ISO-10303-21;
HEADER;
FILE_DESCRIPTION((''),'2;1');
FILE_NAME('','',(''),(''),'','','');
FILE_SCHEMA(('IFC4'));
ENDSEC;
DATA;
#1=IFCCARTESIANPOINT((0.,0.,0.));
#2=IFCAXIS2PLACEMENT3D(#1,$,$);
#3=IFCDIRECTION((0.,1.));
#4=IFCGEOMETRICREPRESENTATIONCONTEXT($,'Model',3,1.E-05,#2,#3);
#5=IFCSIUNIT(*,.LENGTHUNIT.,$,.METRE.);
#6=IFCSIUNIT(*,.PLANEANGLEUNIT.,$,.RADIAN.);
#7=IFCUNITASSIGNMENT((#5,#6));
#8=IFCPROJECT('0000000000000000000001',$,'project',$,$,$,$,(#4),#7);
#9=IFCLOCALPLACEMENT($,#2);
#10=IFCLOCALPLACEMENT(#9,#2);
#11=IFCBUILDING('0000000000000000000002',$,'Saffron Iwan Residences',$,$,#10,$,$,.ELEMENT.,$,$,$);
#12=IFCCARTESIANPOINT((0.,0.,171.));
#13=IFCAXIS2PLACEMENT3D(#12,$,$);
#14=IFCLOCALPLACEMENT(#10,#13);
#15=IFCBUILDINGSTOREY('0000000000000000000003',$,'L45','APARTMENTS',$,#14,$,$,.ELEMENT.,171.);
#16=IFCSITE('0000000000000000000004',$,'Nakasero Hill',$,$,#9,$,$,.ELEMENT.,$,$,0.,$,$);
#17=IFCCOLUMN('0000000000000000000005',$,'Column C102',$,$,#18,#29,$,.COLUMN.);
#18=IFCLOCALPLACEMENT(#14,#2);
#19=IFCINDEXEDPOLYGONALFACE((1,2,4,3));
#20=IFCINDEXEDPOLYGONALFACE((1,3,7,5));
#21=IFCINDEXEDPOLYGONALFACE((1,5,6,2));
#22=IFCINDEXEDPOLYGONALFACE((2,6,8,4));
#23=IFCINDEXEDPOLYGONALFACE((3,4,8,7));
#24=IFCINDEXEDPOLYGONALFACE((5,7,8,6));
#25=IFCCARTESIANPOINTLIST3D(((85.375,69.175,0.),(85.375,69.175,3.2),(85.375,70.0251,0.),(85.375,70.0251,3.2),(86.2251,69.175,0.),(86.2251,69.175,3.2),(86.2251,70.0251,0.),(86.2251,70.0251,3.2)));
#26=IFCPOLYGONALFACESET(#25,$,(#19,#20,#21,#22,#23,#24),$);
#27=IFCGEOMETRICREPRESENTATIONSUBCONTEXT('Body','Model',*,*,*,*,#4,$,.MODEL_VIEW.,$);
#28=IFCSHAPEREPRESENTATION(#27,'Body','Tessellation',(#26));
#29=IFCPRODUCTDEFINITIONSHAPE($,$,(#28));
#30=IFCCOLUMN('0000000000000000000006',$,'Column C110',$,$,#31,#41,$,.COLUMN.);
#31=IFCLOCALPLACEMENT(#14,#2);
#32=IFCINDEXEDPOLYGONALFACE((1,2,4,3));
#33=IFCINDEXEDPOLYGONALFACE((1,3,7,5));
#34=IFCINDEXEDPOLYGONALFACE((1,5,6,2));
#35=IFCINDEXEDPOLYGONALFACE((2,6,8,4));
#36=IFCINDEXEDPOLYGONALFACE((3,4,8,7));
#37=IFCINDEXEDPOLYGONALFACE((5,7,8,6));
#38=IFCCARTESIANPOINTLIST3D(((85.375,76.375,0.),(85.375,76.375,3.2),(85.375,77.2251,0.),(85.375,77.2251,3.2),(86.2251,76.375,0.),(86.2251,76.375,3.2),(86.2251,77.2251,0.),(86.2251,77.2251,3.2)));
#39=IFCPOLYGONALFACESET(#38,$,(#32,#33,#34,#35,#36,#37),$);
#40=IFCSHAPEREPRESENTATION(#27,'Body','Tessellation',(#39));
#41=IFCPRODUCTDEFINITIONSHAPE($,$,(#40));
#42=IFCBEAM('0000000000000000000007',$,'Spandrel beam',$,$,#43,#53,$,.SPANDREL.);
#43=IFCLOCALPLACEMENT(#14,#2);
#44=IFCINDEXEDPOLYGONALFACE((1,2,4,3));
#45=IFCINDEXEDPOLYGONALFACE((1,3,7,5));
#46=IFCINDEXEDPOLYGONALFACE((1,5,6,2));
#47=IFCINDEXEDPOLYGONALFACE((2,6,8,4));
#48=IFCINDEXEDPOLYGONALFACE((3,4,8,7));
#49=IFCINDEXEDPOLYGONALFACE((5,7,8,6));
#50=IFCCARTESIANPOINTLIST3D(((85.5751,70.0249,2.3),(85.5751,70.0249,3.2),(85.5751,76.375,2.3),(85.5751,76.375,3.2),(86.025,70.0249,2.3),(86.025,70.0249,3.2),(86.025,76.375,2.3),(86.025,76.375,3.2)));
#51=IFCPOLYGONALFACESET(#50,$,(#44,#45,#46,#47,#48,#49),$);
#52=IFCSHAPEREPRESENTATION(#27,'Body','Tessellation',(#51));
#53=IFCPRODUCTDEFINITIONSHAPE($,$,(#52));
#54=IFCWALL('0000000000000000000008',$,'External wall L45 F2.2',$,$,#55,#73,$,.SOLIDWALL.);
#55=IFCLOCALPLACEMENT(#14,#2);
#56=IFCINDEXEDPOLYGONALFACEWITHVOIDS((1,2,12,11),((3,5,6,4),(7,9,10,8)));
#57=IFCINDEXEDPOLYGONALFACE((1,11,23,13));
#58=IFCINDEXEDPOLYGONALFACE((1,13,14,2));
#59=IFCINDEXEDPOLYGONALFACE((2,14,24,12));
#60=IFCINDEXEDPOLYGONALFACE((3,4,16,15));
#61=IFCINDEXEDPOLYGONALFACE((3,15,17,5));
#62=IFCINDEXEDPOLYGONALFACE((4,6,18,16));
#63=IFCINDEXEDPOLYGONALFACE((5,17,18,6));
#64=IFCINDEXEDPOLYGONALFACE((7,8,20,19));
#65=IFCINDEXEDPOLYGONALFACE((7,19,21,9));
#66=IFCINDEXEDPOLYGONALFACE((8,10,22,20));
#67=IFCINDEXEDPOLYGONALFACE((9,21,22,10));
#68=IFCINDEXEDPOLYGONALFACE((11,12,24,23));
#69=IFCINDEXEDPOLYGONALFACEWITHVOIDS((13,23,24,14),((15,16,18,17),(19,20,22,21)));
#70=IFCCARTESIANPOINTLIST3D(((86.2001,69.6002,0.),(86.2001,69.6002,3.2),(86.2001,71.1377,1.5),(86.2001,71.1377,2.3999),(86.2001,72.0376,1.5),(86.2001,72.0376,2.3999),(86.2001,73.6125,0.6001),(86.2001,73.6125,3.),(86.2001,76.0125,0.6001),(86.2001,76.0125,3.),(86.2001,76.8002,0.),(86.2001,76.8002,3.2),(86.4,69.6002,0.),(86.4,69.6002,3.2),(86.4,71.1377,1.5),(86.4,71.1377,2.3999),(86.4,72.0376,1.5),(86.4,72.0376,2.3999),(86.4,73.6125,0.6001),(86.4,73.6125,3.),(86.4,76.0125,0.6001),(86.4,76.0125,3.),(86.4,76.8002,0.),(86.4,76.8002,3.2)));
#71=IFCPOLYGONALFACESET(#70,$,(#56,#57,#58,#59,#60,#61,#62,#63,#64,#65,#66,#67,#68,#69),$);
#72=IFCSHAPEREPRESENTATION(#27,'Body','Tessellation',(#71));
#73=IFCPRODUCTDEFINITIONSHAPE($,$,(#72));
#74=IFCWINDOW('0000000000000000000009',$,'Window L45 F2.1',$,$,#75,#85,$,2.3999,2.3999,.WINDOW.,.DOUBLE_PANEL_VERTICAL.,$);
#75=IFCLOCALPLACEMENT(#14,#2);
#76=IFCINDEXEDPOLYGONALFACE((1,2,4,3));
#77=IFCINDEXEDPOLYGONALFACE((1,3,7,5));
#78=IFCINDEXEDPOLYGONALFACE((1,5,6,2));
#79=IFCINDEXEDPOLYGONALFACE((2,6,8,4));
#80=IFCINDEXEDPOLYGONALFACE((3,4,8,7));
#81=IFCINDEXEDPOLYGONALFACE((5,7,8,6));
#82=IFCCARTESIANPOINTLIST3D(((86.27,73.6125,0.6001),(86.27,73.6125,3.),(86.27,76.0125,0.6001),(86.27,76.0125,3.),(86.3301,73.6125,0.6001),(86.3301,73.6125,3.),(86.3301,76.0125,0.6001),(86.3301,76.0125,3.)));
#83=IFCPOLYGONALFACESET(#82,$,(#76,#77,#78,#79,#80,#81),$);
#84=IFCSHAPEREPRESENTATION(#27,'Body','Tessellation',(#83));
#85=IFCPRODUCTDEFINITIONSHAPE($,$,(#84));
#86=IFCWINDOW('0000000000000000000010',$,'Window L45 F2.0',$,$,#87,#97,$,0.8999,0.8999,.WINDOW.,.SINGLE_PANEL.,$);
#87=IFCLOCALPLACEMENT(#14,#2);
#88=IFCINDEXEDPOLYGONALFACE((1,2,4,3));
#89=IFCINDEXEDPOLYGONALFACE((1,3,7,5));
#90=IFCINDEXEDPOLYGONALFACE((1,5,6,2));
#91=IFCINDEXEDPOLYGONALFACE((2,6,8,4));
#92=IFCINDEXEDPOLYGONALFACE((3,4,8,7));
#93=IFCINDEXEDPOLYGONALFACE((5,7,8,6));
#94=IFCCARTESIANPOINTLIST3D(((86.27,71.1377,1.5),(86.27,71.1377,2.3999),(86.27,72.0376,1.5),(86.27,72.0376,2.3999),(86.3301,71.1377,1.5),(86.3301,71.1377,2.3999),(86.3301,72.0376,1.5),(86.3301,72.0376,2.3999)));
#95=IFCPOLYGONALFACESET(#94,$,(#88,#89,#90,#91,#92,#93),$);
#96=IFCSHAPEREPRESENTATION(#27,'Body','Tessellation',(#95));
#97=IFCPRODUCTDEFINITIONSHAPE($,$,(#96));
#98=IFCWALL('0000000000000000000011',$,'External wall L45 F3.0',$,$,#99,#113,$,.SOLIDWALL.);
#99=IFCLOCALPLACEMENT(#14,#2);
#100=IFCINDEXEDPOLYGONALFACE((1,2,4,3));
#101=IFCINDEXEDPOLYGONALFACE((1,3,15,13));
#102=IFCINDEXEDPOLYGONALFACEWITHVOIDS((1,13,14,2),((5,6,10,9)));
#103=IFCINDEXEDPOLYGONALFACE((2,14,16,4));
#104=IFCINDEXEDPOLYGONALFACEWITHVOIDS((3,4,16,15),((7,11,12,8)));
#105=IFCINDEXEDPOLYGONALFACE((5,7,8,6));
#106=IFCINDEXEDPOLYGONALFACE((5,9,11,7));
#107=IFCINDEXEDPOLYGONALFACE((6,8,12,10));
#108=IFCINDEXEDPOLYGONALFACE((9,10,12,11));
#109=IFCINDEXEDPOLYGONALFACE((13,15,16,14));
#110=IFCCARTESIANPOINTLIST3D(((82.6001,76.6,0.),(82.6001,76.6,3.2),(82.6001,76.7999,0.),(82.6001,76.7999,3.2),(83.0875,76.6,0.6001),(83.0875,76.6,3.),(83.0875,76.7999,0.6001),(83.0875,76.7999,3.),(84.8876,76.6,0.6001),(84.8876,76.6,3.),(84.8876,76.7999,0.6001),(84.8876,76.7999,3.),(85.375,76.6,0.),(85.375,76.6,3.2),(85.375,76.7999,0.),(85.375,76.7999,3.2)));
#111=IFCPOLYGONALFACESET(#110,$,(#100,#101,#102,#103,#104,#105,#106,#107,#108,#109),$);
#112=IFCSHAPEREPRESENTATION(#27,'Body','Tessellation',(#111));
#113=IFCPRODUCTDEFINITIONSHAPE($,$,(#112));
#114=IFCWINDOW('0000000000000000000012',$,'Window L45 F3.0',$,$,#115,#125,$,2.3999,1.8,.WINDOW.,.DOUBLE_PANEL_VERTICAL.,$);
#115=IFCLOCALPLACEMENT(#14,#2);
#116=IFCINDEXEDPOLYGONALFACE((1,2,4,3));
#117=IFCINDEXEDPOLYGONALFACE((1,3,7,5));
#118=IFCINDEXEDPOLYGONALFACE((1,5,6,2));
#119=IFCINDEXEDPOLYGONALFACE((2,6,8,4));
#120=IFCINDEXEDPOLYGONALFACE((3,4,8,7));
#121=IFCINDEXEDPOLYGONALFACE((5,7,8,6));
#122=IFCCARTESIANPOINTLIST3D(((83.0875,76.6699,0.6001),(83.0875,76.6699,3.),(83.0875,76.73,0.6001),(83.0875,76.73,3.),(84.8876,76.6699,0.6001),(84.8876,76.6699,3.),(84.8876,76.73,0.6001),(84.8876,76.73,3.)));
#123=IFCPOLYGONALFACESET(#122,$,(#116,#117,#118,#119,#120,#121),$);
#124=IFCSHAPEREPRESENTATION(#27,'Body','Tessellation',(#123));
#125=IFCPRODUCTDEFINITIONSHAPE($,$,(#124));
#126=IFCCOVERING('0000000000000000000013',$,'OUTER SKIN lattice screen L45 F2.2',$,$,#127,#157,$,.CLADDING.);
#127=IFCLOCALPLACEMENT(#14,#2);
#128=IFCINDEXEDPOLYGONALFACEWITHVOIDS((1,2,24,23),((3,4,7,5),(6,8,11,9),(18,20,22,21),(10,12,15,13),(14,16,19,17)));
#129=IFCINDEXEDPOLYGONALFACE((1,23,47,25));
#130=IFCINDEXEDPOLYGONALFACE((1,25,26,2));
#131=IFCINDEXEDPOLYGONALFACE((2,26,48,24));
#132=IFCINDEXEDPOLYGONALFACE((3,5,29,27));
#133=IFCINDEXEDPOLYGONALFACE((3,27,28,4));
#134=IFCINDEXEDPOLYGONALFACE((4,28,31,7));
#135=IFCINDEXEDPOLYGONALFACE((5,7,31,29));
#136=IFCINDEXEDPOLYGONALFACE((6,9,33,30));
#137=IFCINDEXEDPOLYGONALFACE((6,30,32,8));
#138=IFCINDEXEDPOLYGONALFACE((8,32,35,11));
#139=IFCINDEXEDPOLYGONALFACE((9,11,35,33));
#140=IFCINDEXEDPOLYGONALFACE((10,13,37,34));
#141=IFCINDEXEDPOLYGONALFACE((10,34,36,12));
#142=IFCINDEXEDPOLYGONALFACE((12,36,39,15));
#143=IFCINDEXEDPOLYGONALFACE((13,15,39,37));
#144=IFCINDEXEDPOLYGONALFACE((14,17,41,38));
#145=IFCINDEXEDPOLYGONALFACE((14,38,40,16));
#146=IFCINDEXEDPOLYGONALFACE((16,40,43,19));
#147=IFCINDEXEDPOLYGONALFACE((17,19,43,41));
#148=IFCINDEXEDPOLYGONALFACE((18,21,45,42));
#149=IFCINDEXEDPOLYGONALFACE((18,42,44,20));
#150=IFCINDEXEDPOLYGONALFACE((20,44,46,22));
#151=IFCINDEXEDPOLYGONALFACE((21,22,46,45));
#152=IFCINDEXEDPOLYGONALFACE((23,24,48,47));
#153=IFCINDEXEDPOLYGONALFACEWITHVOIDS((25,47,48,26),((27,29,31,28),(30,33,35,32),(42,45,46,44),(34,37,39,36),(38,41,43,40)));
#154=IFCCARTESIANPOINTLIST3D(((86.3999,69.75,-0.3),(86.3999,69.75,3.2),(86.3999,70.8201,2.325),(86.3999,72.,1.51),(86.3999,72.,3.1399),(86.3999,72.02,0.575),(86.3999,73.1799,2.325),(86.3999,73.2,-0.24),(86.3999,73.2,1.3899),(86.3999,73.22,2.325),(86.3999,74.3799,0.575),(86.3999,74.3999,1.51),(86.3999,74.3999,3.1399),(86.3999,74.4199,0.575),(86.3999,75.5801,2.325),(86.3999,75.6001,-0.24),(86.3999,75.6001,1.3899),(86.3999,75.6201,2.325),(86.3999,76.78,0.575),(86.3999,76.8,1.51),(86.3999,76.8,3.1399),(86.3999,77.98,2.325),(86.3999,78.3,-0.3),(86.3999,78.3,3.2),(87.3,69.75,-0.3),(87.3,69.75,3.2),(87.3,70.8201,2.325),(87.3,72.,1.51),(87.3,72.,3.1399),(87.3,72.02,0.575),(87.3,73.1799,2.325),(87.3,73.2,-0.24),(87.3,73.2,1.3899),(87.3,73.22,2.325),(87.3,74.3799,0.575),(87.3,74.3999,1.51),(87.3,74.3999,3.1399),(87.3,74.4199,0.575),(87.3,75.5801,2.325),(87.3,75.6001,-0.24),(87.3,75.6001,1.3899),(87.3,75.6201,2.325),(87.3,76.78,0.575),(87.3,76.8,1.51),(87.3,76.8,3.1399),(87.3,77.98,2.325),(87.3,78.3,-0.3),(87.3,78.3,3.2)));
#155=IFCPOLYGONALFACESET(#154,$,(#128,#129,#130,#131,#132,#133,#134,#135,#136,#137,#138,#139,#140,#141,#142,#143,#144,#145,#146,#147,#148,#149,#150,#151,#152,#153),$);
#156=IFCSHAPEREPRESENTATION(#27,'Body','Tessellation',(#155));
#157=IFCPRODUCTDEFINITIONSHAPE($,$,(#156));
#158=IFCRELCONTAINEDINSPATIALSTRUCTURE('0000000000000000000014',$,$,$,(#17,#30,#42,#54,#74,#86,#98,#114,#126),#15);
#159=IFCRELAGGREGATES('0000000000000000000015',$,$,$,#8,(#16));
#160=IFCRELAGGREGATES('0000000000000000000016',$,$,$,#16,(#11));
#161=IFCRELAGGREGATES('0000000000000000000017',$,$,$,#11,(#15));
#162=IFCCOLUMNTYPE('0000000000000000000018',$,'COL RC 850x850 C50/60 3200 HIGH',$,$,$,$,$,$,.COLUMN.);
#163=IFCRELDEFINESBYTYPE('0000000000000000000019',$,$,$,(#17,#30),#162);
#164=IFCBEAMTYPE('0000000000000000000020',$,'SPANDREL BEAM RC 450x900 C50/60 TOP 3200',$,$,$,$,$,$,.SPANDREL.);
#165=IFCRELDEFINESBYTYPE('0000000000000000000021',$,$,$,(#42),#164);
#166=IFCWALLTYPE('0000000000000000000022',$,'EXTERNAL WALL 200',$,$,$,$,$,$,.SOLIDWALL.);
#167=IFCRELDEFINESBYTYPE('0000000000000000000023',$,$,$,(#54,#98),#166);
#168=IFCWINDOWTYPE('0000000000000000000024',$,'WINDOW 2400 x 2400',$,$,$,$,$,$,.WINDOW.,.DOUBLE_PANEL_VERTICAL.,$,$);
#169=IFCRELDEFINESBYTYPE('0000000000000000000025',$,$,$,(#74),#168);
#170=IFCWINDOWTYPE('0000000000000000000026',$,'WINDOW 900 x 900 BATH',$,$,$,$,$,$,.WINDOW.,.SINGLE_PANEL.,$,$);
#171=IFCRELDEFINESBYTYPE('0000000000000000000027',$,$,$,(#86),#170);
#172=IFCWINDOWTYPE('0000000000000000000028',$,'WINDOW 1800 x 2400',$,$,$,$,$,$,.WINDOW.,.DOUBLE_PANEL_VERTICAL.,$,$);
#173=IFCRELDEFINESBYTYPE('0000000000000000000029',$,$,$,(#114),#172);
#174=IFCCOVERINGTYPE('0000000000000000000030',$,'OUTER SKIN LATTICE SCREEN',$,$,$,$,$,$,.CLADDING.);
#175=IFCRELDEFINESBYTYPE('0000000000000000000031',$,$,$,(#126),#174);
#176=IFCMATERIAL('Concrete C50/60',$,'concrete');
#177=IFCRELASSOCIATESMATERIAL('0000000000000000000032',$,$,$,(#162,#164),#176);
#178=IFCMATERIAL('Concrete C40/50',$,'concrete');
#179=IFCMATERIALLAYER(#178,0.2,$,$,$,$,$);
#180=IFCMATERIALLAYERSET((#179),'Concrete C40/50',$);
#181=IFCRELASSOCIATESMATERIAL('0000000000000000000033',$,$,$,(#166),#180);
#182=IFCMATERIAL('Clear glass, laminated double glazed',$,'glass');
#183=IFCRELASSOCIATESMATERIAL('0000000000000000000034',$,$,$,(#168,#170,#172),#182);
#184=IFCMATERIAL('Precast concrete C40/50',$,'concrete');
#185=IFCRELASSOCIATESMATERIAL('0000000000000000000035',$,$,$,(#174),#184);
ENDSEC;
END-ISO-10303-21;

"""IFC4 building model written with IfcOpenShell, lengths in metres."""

from ifc_helpers import new_model, si_unit, direction, frame, frame_2d, origin, origin_2d, place, context, subcontext, project, spatial, polyline, rectangle, outline, extrude, source, transform, mapped, material, layer, layer_set, material_profile, profile_set, type_object, element, fill, save


model = new_model("IFC4")

# Units and contexts
model_context = context("Model", 3, precision=1e-05, world=origin(), true_north=direction((0.0, 1.0)))
body_context = subcontext(model_context, "Body", "Model", "MODEL_VIEW")
ifc_project = project(units=[si_unit("LENGTHUNIT", "METRE"), si_unit("PLANEANGLEUNIT", "RADIAN")], contexts=[model_context])

# Site, building, storey
site_placement = place(None, origin())
site = spatial("IfcSite", under=ifc_project, at=site_placement, Name="Nakasero Hill", CompositionType="ELEMENT", RefElevation=0.0)
building_placement = place(site_placement, origin())
building = spatial("IfcBuilding", under=site, at=building_placement, Name="Saffron Iwan Residences", CompositionType="ELEMENT")
storey_placement = place(building_placement, frame((0.0, 0.0, 171.0)))
storey = spatial("IfcBuildingStorey", under=building, at=storey_placement, Name="L45", Description="APARTMENTS", CompositionType="ELEMENT", Elevation=171.0)

# Columns
ifc_material_1 = material(Name="Concrete C50/60", Category="concrete")
ifc_material_profile_1 = material_profile(ifc_material_1, rectangle(XDim=0.8501, YDim=0.8501, at=origin_2d()), Name="RC 850x850")
ifc_profile_set_1 = profile_set([ifc_material_profile_1], Name="Concrete C50/60")
column_type = type_object("IfcColumnType", Name="COL RC 850x850 C50/60 3200 HIGH", PredefinedType="COLUMN", material=ifc_profile_set_1)
shared_shape_1 = source(origin(), body_context, "Body", "SweptSolid", [
    extrude(rectangle(XDim=0.8501, YDim=0.8501, at=origin_2d()), origin(), (0.0, 0.0, 1.0), 3.2),
])
for number, where, z_axis, x_axis, name in (
    (1, (85.8, 69.6001, 0.0), (0.0, 0.0, 1.0), (1.0, 0.0, 0.0), "Column C102"),
    (2, (85.8, 76.8, 0.0), (0.0, 0.0, 1.0), (1.0, 0.0, 0.0), "Column C110"),
):
    element("IfcColumn", number, at=place(storey_placement, frame(where, z_axis=z_axis, x_axis=x_axis)), inside=storey, type_object=column_type, Name=name, PredefinedType="COLUMN", context=body_context, shape_type="MappedRepresentation", body=[
        mapped(shared_shape_1, transform((0.0, 0.0, 0.0))),
    ])

# Beam
ifc_material_profile_2 = material_profile(ifc_material_1, rectangle(XDim=0.45, YDim=0.8999, at=origin_2d()), Name="RC 450x900")
ifc_profile_set_2 = profile_set([ifc_material_profile_2], Name="Concrete C50/60")
beam_type = type_object("IfcBeamType", Name="SPANDREL BEAM RC 450x900 C50/60 TOP 3200", PredefinedType="SPANDREL", material=ifc_profile_set_2)
shared_shape_2 = source(origin(), body_context, "Body", "SweptSolid", [
    extrude(rectangle(XDim=0.45, YDim=0.8999, at=origin_2d()), origin(), (0.0, 0.0, 1.0), 6.3501),
])
beam_placement = place(storey_placement, frame((85.8, 76.375, 2.75), z_axis=(0.0, -1.0, 0.0), x_axis=(1.0, 0.0, 0.0)))
element("IfcBeam", 3, at=beam_placement, inside=storey, type_object=beam_type, Name="Spandrel beam", PredefinedType="SPANDREL", context=body_context, shape_type="MappedRepresentation", body=[
    mapped(shared_shape_2, transform((0.0, 0.0, 0.0))),
])

# Wall, openings, windows
ifc_material_2 = material(Name="Concrete C40/50", Category="concrete")
ifc_layer = layer(ifc_material_2, 0.2)
ifc_layer_set = layer_set([ifc_layer], Name="Concrete C40/50")
wall_type = type_object("IfcWallType", Name="EXTERNAL WALL 200", PredefinedType="SOLIDWALL", material=ifc_layer_set)
wall_1_placement = place(storey_placement, frame((86.3, 69.6001, 0.0), z_axis=(0.0, 0.0, 1.0), x_axis=(0.0, 1.0, 0.0)))
wall_1 = element("IfcWall", 4, at=wall_1_placement, inside=storey, type_object=wall_type, Name="External wall L45 F2.2", PredefinedType="SOLIDWALL", context=body_context, shape_type="SweptSolid", body=[
    extrude(rectangle(XDim=7.2, YDim=0.2, at=frame_2d((3.6001, 0.0))), origin(), (0.0, 0.0, 1.0), 3.2),
])
opening_1_placement = place(wall_1_placement, frame((1.5376, 0.0, 1.5)))
opening_1 = element("IfcOpeningElement", 5, at=opening_1_placement, cuts=wall_1, PredefinedType="OPENING", context=body_context, shape_type="SweptSolid", body=[
    extrude(rectangle(XDim=0.8999, YDim=0.8999, at=frame_2d((0.45, 0.45))), frame((0.0, 0.1099, 0.0), z_axis=(0.0, -1.0, 0.0), x_axis=(1.0, 0.0, 0.0)), (0.0, 0.0, 1.0), 0.22),
])
opening_2_placement = place(wall_1_placement, frame((4.0125, 0.0, 0.6001)))
opening_2 = element("IfcOpeningElement", 6, at=opening_2_placement, cuts=wall_1, PredefinedType="OPENING", context=body_context, shape_type="SweptSolid", body=[
    extrude(rectangle(XDim=2.3999, YDim=2.3999, at=frame_2d((1.2, 1.2))), frame((0.0, 0.1099, 0.0), z_axis=(0.0, -1.0, 0.0), x_axis=(1.0, 0.0, 0.0)), (0.0, 0.0, 1.0), 0.22),
])
ifc_material_3 = material(Name="Clear glass, laminated double glazed", Category="glass")
window_type_1 = type_object("IfcWindowType", Name="WINDOW 2400 x 2400", PartitioningType="DOUBLE_PANEL_VERTICAL", PredefinedType="WINDOW", material=ifc_material_3)
window_1_placement = place(opening_2_placement, origin())
window_1 = element("IfcWindow", 7, at=window_1_placement, inside=storey, type_object=window_type_1, Name="Window L45 F2.1", OverallHeight=2.3999, OverallWidth=2.3999, PartitioningType="DOUBLE_PANEL_VERTICAL", PredefinedType="WINDOW", context=body_context, shape_type="SweptSolid", body=[
    extrude(rectangle(XDim=2.3999, YDim=2.3999, at=frame_2d((1.2, 1.2))), frame((0.0, 0.03, 0.0), z_axis=(0.0, -1.0, 0.0), x_axis=(1.0, 0.0, 0.0)), (0.0, 0.0, 1.0), 0.0601),
])
fill(opening_2, window_1)
window_type_2 = type_object("IfcWindowType", Name="WINDOW 900 x 900 BATH", PartitioningType="SINGLE_PANEL", PredefinedType="WINDOW", material=ifc_material_3)
window_2_placement = place(opening_1_placement, origin())
window_2 = element("IfcWindow", 8, at=window_2_placement, inside=storey, type_object=window_type_2, Name="Window L45 F2.0", OverallHeight=0.8999, OverallWidth=0.8999, PartitioningType="SINGLE_PANEL", PredefinedType="WINDOW", context=body_context, shape_type="SweptSolid", body=[
    extrude(rectangle(XDim=0.8999, YDim=0.8999, at=frame_2d((0.45, 0.45))), frame((0.0, 0.03, 0.0), z_axis=(0.0, -1.0, 0.0), x_axis=(1.0, 0.0, 0.0)), (0.0, 0.0, 1.0), 0.0601),
])
fill(opening_1, window_2)

# Wall, opening, window
wall_2_placement = place(storey_placement, frame((85.375, 76.7, 0.0), z_axis=(0.0, 0.0, 1.0), x_axis=(-1.0, 0.0, 0.0)))
wall_2 = element("IfcWall", 9, at=wall_2_placement, inside=storey, type_object=wall_type, Name="External wall L45 F3.0", PredefinedType="SOLIDWALL", context=body_context, shape_type="SweptSolid", body=[
    extrude(rectangle(XDim=2.7749, YDim=0.2, at=frame_2d((1.3875, 0.0))), origin(), (0.0, 0.0, 1.0), 3.2),
])
opening_3_placement = place(wall_2_placement, frame((0.4875, 0.0, 0.6001)))
opening_3 = element("IfcOpeningElement", 10, at=opening_3_placement, cuts=wall_2, PredefinedType="OPENING", context=body_context, shape_type="SweptSolid", body=[
    extrude(rectangle(XDim=1.8, YDim=2.3999, at=frame_2d((0.8999, 1.2))), frame((0.0, 0.1099, 0.0), z_axis=(0.0, -1.0, 0.0), x_axis=(1.0, 0.0, 0.0)), (0.0, 0.0, 1.0), 0.22),
])
window_type_3 = type_object("IfcWindowType", Name="WINDOW 1800 x 2400", PartitioningType="DOUBLE_PANEL_VERTICAL", PredefinedType="WINDOW", material=ifc_material_3)
window_3_placement = place(opening_3_placement, origin())
window_3 = element("IfcWindow", 11, at=window_3_placement, inside=storey, type_object=window_type_3, Name="Window L45 F3.0", OverallHeight=2.3999, OverallWidth=1.8, PartitioningType="DOUBLE_PANEL_VERTICAL", PredefinedType="WINDOW", context=body_context, shape_type="SweptSolid", body=[
    extrude(rectangle(XDim=1.8, YDim=2.3999, at=frame_2d((0.8999, 1.2))), frame((0.0, 0.03, 0.0), z_axis=(0.0, -1.0, 0.0), x_axis=(1.0, 0.0, 0.0)), (0.0, 0.0, 1.0), 0.0601),
])
fill(opening_3, window_3)

# Covering
ifc_material_4 = material(Name="Precast concrete C40/50", Category="concrete")
covering_type_1 = type_object("IfcCoveringType", Name="OUTER SKIN LATTICE SCREEN", PredefinedType="CLADDING", material=ifc_material_4)
covering_1_placement = place(storey_placement, frame((86.3999, 69.75, -0.3), z_axis=(1.0, 0.0, 0.0), x_axis=(0.0, 1.0, 0.0)))
element("IfcCovering", 12, at=covering_1_placement, inside=storey, type_object=covering_type_1, Name="OUTER SKIN lattice screen L45 F2.2", PredefinedType="CLADDING", context=body_context, shape_type="SweptSolid", body=[
    extrude(outline(polyline([(0.0, 0.0), (8.55, 0.0), (8.55, 3.5), (0.0, 3.5), (0.0, 0.0)]), holes=[polyline([(2.27, 0.875), (3.45, 0.0601), (4.6299, 0.875), (3.45, 1.6899), (2.27, 0.875)]), polyline([(4.6699, 0.875), (5.8501, 0.0601), (7.03, 0.875), (5.8501, 1.6899), (4.6699, 0.875)]), polyline([(1.0701, 2.625), (2.25, 1.8101), (3.4299, 2.625), (2.25, 3.4399), (1.0701, 2.625)]), polyline([(3.47, 2.625), (4.6499, 1.8101), (5.8301, 2.625), (4.6499, 3.4399), (3.47, 2.625)]), polyline([(5.8701, 2.625), (7.05, 1.8101), (8.23, 2.625), (7.05, 3.4399), (5.8701, 2.625)])]), origin(), (0.0, 0.0, 1.0), 0.9001),
])

save(model, "model.ifc")
